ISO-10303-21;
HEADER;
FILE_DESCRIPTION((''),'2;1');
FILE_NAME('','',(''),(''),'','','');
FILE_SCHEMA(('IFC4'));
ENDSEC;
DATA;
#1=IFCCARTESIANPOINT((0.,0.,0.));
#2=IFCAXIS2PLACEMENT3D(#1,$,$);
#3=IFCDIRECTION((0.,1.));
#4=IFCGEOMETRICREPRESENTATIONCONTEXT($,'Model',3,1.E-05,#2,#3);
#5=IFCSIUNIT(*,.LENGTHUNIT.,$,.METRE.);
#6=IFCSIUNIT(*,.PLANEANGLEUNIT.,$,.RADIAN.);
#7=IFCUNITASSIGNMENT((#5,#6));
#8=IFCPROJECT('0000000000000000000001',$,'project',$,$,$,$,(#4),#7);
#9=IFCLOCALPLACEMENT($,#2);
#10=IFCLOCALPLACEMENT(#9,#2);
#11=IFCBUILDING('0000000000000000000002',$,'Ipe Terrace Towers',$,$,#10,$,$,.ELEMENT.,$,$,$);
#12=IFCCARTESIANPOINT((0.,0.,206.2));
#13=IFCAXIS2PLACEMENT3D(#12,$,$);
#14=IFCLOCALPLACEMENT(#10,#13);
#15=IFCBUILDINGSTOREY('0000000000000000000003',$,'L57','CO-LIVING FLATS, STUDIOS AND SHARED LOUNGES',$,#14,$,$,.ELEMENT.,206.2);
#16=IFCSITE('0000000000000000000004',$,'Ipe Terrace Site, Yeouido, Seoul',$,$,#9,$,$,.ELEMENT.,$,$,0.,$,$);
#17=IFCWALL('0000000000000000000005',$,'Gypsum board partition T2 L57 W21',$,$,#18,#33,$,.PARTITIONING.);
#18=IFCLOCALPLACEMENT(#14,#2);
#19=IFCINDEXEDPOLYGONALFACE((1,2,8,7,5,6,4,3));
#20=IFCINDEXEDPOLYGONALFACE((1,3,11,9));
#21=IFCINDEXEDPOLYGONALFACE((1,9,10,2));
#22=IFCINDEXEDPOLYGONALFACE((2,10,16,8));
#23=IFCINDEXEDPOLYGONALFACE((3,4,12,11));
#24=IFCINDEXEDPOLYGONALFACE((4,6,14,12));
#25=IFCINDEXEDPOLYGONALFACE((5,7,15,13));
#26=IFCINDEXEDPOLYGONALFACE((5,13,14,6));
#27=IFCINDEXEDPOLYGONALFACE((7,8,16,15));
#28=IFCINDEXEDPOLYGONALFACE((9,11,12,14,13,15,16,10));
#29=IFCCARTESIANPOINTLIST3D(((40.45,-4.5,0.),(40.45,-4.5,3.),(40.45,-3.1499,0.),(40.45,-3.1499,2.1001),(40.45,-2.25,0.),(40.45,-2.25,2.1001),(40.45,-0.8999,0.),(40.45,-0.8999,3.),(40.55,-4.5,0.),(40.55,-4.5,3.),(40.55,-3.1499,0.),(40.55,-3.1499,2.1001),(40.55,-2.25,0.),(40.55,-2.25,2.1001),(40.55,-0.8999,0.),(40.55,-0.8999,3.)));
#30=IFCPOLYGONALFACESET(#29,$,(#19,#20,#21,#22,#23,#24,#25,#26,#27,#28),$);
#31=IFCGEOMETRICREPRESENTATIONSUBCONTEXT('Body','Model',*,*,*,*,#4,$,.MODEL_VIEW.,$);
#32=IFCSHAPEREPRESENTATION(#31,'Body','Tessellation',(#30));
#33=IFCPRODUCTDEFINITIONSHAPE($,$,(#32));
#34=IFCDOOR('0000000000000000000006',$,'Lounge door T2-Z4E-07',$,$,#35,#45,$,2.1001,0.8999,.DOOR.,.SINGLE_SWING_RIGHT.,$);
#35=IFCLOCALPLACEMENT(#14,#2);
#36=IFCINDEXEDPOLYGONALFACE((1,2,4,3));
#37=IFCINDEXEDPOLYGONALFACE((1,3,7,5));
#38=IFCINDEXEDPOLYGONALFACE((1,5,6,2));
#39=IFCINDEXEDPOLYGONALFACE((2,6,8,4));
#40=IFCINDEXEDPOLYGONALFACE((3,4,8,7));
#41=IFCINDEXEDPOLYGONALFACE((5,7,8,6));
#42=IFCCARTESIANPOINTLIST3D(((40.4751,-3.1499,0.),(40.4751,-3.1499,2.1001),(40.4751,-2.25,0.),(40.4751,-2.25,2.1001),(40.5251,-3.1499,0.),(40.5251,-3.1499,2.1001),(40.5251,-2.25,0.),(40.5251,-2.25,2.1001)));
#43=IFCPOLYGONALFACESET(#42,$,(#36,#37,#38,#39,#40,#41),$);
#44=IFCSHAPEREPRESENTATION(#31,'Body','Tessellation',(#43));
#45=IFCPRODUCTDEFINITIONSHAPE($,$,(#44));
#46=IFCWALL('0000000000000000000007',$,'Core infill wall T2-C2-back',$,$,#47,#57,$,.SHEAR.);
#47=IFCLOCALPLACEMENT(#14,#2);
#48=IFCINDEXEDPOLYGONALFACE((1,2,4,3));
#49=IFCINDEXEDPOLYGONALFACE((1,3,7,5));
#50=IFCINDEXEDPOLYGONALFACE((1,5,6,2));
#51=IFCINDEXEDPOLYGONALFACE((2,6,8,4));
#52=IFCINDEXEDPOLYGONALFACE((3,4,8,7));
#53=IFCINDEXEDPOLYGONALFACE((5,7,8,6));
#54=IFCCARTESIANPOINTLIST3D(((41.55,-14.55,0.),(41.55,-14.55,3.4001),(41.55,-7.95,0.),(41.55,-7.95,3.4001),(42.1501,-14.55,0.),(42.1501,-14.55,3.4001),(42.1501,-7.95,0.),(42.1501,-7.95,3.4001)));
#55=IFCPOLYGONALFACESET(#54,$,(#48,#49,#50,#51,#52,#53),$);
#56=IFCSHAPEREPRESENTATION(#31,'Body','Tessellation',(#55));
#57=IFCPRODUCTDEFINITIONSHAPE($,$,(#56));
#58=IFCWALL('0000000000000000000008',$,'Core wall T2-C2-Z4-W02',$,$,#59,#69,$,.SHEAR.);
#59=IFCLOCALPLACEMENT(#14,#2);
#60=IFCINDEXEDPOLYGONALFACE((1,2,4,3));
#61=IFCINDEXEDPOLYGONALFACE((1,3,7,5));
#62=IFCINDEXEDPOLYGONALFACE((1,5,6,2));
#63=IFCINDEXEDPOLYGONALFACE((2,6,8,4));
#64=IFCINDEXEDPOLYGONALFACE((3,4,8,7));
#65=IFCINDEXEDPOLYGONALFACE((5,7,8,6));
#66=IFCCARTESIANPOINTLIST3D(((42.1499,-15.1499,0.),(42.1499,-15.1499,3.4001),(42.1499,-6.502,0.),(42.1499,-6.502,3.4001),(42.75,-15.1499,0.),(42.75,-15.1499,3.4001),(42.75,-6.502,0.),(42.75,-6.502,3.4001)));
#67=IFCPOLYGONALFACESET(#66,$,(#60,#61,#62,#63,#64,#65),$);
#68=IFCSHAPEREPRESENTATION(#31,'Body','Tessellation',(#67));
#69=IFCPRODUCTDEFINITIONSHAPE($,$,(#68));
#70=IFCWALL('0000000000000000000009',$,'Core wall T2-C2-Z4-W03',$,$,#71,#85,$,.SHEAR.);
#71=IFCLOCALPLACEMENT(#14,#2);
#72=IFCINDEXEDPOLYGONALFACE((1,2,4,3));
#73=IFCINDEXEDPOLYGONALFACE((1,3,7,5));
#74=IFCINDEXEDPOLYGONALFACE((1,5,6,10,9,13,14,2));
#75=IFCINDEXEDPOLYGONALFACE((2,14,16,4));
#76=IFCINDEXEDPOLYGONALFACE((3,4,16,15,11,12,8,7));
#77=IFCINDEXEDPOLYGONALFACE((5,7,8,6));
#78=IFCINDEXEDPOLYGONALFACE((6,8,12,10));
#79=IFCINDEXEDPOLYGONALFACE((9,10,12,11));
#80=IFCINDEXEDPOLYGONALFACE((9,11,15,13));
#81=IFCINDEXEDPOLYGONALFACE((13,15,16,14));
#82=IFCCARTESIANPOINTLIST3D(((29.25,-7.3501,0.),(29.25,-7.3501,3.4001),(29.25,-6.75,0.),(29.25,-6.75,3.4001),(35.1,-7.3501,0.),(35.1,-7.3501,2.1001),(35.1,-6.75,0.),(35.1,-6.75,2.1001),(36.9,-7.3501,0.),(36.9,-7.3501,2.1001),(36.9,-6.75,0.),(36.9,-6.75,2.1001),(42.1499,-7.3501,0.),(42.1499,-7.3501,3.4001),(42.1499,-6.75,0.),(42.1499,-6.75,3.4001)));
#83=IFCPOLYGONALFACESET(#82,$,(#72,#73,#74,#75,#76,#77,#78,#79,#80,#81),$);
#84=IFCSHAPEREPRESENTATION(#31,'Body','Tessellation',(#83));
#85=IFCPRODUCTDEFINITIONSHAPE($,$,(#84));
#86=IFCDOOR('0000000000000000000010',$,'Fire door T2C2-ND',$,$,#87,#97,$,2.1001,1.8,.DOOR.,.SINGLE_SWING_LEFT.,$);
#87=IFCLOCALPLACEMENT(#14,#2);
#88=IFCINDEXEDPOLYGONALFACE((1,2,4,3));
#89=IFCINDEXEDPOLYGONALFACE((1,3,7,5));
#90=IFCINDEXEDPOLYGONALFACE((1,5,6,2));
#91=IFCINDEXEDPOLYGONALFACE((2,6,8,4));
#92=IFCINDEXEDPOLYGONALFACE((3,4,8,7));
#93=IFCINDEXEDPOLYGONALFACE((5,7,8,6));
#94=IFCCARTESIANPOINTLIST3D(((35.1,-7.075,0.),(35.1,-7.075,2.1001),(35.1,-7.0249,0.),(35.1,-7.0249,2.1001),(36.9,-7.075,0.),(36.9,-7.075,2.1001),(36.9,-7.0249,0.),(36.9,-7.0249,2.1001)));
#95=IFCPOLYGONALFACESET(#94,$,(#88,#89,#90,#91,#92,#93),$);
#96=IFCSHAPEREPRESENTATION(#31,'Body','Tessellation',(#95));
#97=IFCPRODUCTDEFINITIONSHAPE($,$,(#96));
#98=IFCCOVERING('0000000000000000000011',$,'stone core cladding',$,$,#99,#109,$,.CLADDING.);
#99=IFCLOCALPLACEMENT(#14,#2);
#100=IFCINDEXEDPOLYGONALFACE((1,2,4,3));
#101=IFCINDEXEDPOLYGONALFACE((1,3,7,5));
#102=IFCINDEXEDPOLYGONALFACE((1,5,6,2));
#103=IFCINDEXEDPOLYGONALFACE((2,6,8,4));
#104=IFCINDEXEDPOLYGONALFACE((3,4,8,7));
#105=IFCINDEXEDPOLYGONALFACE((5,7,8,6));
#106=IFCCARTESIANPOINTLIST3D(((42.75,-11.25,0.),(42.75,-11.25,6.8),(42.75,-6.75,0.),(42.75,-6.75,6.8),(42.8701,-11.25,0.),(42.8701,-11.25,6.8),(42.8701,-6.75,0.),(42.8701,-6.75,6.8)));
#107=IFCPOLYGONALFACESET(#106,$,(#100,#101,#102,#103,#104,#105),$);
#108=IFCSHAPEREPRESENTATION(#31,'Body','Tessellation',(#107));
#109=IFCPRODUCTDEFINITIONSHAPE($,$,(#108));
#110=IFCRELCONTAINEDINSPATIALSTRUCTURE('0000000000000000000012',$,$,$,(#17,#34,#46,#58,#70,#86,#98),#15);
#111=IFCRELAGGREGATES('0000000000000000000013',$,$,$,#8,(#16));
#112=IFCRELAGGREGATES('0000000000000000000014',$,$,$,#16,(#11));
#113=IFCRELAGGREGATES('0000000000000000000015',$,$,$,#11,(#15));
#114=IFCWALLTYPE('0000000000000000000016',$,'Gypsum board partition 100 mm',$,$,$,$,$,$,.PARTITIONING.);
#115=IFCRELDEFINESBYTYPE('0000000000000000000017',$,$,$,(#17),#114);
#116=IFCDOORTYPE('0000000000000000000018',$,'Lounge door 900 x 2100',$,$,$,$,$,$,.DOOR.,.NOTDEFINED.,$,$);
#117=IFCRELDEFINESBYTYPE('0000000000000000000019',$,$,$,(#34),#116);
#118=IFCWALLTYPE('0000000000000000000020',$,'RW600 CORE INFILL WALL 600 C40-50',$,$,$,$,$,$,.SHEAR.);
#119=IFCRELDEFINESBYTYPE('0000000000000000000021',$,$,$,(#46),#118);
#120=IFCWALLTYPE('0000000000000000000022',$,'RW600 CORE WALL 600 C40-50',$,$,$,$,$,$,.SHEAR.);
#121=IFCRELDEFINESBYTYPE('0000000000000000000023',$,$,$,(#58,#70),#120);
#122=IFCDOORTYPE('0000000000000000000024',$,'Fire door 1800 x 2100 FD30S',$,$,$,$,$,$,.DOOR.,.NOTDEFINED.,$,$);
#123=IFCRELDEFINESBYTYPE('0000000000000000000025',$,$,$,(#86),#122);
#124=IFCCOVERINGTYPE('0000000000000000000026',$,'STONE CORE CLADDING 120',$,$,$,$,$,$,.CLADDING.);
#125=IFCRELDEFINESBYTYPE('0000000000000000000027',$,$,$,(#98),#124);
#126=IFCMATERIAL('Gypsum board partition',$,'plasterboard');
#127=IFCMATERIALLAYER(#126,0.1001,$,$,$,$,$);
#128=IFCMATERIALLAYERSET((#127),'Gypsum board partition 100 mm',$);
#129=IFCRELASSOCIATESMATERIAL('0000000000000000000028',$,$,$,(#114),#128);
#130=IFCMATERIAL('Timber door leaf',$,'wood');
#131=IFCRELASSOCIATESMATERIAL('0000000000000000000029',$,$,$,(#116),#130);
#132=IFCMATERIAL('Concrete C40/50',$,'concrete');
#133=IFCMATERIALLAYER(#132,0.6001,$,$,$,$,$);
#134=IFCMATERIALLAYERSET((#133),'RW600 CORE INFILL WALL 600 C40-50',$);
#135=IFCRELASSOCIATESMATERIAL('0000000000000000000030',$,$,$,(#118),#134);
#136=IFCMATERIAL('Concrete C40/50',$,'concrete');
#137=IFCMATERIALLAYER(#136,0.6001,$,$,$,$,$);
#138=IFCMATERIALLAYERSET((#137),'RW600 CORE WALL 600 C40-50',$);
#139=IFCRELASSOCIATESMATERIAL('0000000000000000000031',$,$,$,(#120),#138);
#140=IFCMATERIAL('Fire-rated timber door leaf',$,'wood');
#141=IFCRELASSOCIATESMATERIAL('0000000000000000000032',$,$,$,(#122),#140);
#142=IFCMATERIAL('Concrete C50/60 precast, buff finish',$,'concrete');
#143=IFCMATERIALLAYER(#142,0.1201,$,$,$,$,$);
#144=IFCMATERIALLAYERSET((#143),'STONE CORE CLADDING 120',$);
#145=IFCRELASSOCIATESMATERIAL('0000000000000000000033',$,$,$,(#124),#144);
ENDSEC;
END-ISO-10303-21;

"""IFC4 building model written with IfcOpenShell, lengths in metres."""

from ifc_helpers import new_model, si_unit, direction, frame, frame_2d, origin, origin_2d, place, context, subcontext, project, spatial, rectangle, extrude, material, layer, layer_set, type_object, element, fill, save


model = new_model("IFC4")

# Units and contexts
model_context = context("Model", 3, precision=1e-05, world=origin(), true_north=direction((0.0, 1.0)))
body_context = subcontext(model_context, "Body", "Model", "MODEL_VIEW")
ifc_project = project(units=[si_unit("LENGTHUNIT", "METRE"), si_unit("PLANEANGLEUNIT", "RADIAN")], contexts=[model_context])

# Site, building, storey
site_placement = place(None, origin())
site = spatial("IfcSite", under=ifc_project, at=site_placement, Name="Ipe Terrace Site, Yeouido, Seoul", CompositionType="ELEMENT", RefElevation=0.0)
building_placement = place(site_placement, origin())
building = spatial("IfcBuilding", under=site, at=building_placement, Name="Ipe Terrace Towers", CompositionType="ELEMENT")
storey_placement = place(building_placement, frame((0.0, 0.0, 206.2)))
storey = spatial("IfcBuildingStorey", under=building, at=storey_placement, Name="L57", Description="CO-LIVING FLATS, STUDIOS AND SHARED LOUNGES", CompositionType="ELEMENT", Elevation=206.2)

# Shared definitions
ifc_material_1 = material(Name="Gypsum board partition", Category="plasterboard")
ifc_layer_1 = layer(ifc_material_1, 0.1001)
ifc_layer_set_1 = layer_set([ifc_layer_1], Name="Gypsum board partition 100 mm")
wall_type_1 = type_object("IfcWallType", Name="Gypsum board partition 100 mm", PredefinedType="PARTITIONING", material=ifc_layer_set_1)

# Wall, opening, door
wall_1_placement = place(storey_placement, frame((40.5, -4.5, 0.0), z_axis=(0.0, 0.0, 1.0), x_axis=(0.0, 1.0, 0.0)))
wall_1 = element("IfcWall", 1, at=wall_1_placement, inside=storey, type_object=wall_type_1, Name="Gypsum board partition T2 L57 W21", PredefinedType="PARTITIONING", context=body_context, shape_type="SweptSolid", body=[
    extrude(rectangle(XDim=3.6001, YDim=0.1001, at=frame_2d((1.8, 0.0))), origin(), (0.0, 0.0, 1.0), 3.0),
])
opening_1_placement = place(wall_1_placement, frame((1.3501, 0.0, 0.0)))
opening_1 = element("IfcOpeningElement", 2, at=opening_1_placement, cuts=wall_1, PredefinedType="OPENING", context=body_context, shape_type="SweptSolid", body=[
    extrude(rectangle(XDim=0.8999, YDim=2.1001, at=frame_2d((0.45, 1.05))), frame((0.0, 0.0601, 0.0), z_axis=(0.0, -1.0, 0.0), x_axis=(1.0, 0.0, 0.0)), (0.0, 0.0, 1.0), 0.1201),
])
ifc_material_2 = material(Name="Timber door leaf", Category="wood")
door_type_1 = type_object("IfcDoorType", Name="Lounge door 900 x 2100", OperationType="NOTDEFINED", PredefinedType="DOOR", material=ifc_material_2)
door_1_placement = place(opening_1_placement, origin())
door_1 = element("IfcDoor", 3, at=door_1_placement, inside=storey, type_object=door_type_1, Name="Lounge door T2-Z4E-07", OperationType="SINGLE_SWING_RIGHT", OverallHeight=2.1001, OverallWidth=0.8999, PredefinedType="DOOR", context=body_context, shape_type="SweptSolid", body=[
    extrude(rectangle(XDim=0.8999, YDim=2.1001, at=frame_2d((0.45, 1.05))), frame((0.0, 0.0249, 0.0), z_axis=(0.0, -1.0, 0.0), x_axis=(1.0, 0.0, 0.0)), (0.0, 0.0, 1.0), 0.05),
])
fill(opening_1, door_1)

# Walls
ifc_material_3 = material(Name="Concrete C40/50", Category="concrete")
ifc_layer_2 = layer(ifc_material_3, 0.6001)
ifc_layer_set_2 = layer_set([ifc_layer_2], Name="RW600 CORE INFILL WALL 600 C40-50")
wall_type_2 = type_object("IfcWallType", Name="RW600 CORE INFILL WALL 600 C40-50", PredefinedType="SHEAR", material=ifc_layer_set_2)
wall_2_placement = place(storey_placement, frame((41.8501, -7.95, 0.0), z_axis=(0.0, 0.0, 1.0), x_axis=(0.0, -1.0, 0.0)))
element("IfcWall", 4, at=wall_2_placement, inside=storey, type_object=wall_type_2, Name="Core infill wall T2-C2-back", PredefinedType="SHEAR", context=body_context, shape_type="SweptSolid", body=[
    extrude(rectangle(XDim=6.6001, YDim=0.6001, at=frame_2d((3.3, 0.0))), origin(), (0.0, 0.0, 1.0), 3.4001),
])
ifc_material_4 = material(Name="Concrete C40/50", Category="concrete")
ifc_layer_3 = layer(ifc_material_4, 0.6001)
ifc_layer_set_3 = layer_set([ifc_layer_3], Name="RW600 CORE WALL 600 C40-50")
wall_type_3 = type_object("IfcWallType", Name="RW600 CORE WALL 600 C40-50", PredefinedType="SHEAR", material=ifc_layer_set_3)
wall_3_placement = place(storey_placement, frame((42.45, -15.1499, 0.0), z_axis=(0.0, 0.0, 1.0), x_axis=(0.0, 1.0, 0.0)))
element("IfcWall", 5, at=wall_3_placement, inside=storey, type_object=wall_type_3, Name="Core wall T2-C2-Z4-W02", PredefinedType="SHEAR", context=body_context, shape_type="SweptSolid", body=[
    extrude(rectangle(XDim=8.6479, YDim=0.6001, at=frame_2d((4.324, 0.0))), origin(), (0.0, 0.0, 1.0), 3.4001),
])

# Wall, opening, door
wall_4_placement = place(storey_placement, frame((42.1499, -7.05, 0.0), z_axis=(0.0, 0.0, 1.0), x_axis=(-1.0, 0.0, 0.0)))
wall_4 = element("IfcWall", 6, at=wall_4_placement, inside=storey, type_object=wall_type_3, Name="Core wall T2-C2-Z4-W03", PredefinedType="SHEAR", context=body_context, shape_type="SweptSolid", body=[
    extrude(rectangle(XDim=12.8999, YDim=0.6001, at=frame_2d((6.45, 0.0))), origin(), (0.0, 0.0, 1.0), 3.4001),
])
opening_2_placement = place(wall_4_placement, frame((5.25, 0.0, 0.0)))
opening_2 = element("IfcOpeningElement", 7, at=opening_2_placement, cuts=wall_4, PredefinedType="OPENING", context=body_context, shape_type="SweptSolid", body=[
    extrude(rectangle(XDim=1.8, YDim=2.1001, at=frame_2d((0.8999, 1.05))), frame((0.0, 0.3101, 0.0), z_axis=(0.0, -1.0, 0.0), x_axis=(1.0, 0.0, 0.0)), (0.0, 0.0, 1.0), 0.6201),
])
ifc_material_5 = material(Name="Fire-rated timber door leaf", Category="wood")
door_type_2 = type_object("IfcDoorType", Name="Fire door 1800 x 2100 FD30S", OperationType="NOTDEFINED", PredefinedType="DOOR", material=ifc_material_5)
door_2_placement = place(opening_2_placement, origin())
door_2 = element("IfcDoor", 8, at=door_2_placement, inside=storey, type_object=door_type_2, Name="Fire door T2C2-ND", OperationType="SINGLE_SWING_LEFT", OverallHeight=2.1001, OverallWidth=1.8, PredefinedType="DOOR", context=body_context, shape_type="SweptSolid", body=[
    extrude(rectangle(XDim=1.8, YDim=2.1001, at=frame_2d((0.8999, 1.05))), frame((0.0, 0.0249, 0.0), z_axis=(0.0, -1.0, 0.0), x_axis=(1.0, 0.0, 0.0)), (0.0, 0.0, 1.0), 0.05),
])
fill(opening_2, door_2)

# Covering
ifc_material_6 = material(Name="Concrete C50/60 precast, buff finish", Category="concrete")
ifc_layer_4 = layer(ifc_material_6, 0.1201)
ifc_layer_set_4 = layer_set([ifc_layer_4], Name="STONE CORE CLADDING 120")
covering_type = type_object("IfcCoveringType", Name="STONE CORE CLADDING 120", PredefinedType="CLADDING", material=ifc_layer_set_4)
covering_placement = place(storey_placement, frame((42.8101, -9.0, 0.0), z_axis=(0.0, 0.0, 1.0), x_axis=(0.0, 1.0, 0.0)))
element("IfcCovering", 9, at=covering_placement, inside=storey, type_object=covering_type, Name="stone core cladding", PredefinedType="CLADDING", context=body_context, shape_type="SweptSolid", body=[
    extrude(rectangle(XDim=4.5, YDim=0.1201, at=origin_2d()), origin(), (0.0, 0.0, 1.0), 6.8),
])

save(model, "model.ifc")
